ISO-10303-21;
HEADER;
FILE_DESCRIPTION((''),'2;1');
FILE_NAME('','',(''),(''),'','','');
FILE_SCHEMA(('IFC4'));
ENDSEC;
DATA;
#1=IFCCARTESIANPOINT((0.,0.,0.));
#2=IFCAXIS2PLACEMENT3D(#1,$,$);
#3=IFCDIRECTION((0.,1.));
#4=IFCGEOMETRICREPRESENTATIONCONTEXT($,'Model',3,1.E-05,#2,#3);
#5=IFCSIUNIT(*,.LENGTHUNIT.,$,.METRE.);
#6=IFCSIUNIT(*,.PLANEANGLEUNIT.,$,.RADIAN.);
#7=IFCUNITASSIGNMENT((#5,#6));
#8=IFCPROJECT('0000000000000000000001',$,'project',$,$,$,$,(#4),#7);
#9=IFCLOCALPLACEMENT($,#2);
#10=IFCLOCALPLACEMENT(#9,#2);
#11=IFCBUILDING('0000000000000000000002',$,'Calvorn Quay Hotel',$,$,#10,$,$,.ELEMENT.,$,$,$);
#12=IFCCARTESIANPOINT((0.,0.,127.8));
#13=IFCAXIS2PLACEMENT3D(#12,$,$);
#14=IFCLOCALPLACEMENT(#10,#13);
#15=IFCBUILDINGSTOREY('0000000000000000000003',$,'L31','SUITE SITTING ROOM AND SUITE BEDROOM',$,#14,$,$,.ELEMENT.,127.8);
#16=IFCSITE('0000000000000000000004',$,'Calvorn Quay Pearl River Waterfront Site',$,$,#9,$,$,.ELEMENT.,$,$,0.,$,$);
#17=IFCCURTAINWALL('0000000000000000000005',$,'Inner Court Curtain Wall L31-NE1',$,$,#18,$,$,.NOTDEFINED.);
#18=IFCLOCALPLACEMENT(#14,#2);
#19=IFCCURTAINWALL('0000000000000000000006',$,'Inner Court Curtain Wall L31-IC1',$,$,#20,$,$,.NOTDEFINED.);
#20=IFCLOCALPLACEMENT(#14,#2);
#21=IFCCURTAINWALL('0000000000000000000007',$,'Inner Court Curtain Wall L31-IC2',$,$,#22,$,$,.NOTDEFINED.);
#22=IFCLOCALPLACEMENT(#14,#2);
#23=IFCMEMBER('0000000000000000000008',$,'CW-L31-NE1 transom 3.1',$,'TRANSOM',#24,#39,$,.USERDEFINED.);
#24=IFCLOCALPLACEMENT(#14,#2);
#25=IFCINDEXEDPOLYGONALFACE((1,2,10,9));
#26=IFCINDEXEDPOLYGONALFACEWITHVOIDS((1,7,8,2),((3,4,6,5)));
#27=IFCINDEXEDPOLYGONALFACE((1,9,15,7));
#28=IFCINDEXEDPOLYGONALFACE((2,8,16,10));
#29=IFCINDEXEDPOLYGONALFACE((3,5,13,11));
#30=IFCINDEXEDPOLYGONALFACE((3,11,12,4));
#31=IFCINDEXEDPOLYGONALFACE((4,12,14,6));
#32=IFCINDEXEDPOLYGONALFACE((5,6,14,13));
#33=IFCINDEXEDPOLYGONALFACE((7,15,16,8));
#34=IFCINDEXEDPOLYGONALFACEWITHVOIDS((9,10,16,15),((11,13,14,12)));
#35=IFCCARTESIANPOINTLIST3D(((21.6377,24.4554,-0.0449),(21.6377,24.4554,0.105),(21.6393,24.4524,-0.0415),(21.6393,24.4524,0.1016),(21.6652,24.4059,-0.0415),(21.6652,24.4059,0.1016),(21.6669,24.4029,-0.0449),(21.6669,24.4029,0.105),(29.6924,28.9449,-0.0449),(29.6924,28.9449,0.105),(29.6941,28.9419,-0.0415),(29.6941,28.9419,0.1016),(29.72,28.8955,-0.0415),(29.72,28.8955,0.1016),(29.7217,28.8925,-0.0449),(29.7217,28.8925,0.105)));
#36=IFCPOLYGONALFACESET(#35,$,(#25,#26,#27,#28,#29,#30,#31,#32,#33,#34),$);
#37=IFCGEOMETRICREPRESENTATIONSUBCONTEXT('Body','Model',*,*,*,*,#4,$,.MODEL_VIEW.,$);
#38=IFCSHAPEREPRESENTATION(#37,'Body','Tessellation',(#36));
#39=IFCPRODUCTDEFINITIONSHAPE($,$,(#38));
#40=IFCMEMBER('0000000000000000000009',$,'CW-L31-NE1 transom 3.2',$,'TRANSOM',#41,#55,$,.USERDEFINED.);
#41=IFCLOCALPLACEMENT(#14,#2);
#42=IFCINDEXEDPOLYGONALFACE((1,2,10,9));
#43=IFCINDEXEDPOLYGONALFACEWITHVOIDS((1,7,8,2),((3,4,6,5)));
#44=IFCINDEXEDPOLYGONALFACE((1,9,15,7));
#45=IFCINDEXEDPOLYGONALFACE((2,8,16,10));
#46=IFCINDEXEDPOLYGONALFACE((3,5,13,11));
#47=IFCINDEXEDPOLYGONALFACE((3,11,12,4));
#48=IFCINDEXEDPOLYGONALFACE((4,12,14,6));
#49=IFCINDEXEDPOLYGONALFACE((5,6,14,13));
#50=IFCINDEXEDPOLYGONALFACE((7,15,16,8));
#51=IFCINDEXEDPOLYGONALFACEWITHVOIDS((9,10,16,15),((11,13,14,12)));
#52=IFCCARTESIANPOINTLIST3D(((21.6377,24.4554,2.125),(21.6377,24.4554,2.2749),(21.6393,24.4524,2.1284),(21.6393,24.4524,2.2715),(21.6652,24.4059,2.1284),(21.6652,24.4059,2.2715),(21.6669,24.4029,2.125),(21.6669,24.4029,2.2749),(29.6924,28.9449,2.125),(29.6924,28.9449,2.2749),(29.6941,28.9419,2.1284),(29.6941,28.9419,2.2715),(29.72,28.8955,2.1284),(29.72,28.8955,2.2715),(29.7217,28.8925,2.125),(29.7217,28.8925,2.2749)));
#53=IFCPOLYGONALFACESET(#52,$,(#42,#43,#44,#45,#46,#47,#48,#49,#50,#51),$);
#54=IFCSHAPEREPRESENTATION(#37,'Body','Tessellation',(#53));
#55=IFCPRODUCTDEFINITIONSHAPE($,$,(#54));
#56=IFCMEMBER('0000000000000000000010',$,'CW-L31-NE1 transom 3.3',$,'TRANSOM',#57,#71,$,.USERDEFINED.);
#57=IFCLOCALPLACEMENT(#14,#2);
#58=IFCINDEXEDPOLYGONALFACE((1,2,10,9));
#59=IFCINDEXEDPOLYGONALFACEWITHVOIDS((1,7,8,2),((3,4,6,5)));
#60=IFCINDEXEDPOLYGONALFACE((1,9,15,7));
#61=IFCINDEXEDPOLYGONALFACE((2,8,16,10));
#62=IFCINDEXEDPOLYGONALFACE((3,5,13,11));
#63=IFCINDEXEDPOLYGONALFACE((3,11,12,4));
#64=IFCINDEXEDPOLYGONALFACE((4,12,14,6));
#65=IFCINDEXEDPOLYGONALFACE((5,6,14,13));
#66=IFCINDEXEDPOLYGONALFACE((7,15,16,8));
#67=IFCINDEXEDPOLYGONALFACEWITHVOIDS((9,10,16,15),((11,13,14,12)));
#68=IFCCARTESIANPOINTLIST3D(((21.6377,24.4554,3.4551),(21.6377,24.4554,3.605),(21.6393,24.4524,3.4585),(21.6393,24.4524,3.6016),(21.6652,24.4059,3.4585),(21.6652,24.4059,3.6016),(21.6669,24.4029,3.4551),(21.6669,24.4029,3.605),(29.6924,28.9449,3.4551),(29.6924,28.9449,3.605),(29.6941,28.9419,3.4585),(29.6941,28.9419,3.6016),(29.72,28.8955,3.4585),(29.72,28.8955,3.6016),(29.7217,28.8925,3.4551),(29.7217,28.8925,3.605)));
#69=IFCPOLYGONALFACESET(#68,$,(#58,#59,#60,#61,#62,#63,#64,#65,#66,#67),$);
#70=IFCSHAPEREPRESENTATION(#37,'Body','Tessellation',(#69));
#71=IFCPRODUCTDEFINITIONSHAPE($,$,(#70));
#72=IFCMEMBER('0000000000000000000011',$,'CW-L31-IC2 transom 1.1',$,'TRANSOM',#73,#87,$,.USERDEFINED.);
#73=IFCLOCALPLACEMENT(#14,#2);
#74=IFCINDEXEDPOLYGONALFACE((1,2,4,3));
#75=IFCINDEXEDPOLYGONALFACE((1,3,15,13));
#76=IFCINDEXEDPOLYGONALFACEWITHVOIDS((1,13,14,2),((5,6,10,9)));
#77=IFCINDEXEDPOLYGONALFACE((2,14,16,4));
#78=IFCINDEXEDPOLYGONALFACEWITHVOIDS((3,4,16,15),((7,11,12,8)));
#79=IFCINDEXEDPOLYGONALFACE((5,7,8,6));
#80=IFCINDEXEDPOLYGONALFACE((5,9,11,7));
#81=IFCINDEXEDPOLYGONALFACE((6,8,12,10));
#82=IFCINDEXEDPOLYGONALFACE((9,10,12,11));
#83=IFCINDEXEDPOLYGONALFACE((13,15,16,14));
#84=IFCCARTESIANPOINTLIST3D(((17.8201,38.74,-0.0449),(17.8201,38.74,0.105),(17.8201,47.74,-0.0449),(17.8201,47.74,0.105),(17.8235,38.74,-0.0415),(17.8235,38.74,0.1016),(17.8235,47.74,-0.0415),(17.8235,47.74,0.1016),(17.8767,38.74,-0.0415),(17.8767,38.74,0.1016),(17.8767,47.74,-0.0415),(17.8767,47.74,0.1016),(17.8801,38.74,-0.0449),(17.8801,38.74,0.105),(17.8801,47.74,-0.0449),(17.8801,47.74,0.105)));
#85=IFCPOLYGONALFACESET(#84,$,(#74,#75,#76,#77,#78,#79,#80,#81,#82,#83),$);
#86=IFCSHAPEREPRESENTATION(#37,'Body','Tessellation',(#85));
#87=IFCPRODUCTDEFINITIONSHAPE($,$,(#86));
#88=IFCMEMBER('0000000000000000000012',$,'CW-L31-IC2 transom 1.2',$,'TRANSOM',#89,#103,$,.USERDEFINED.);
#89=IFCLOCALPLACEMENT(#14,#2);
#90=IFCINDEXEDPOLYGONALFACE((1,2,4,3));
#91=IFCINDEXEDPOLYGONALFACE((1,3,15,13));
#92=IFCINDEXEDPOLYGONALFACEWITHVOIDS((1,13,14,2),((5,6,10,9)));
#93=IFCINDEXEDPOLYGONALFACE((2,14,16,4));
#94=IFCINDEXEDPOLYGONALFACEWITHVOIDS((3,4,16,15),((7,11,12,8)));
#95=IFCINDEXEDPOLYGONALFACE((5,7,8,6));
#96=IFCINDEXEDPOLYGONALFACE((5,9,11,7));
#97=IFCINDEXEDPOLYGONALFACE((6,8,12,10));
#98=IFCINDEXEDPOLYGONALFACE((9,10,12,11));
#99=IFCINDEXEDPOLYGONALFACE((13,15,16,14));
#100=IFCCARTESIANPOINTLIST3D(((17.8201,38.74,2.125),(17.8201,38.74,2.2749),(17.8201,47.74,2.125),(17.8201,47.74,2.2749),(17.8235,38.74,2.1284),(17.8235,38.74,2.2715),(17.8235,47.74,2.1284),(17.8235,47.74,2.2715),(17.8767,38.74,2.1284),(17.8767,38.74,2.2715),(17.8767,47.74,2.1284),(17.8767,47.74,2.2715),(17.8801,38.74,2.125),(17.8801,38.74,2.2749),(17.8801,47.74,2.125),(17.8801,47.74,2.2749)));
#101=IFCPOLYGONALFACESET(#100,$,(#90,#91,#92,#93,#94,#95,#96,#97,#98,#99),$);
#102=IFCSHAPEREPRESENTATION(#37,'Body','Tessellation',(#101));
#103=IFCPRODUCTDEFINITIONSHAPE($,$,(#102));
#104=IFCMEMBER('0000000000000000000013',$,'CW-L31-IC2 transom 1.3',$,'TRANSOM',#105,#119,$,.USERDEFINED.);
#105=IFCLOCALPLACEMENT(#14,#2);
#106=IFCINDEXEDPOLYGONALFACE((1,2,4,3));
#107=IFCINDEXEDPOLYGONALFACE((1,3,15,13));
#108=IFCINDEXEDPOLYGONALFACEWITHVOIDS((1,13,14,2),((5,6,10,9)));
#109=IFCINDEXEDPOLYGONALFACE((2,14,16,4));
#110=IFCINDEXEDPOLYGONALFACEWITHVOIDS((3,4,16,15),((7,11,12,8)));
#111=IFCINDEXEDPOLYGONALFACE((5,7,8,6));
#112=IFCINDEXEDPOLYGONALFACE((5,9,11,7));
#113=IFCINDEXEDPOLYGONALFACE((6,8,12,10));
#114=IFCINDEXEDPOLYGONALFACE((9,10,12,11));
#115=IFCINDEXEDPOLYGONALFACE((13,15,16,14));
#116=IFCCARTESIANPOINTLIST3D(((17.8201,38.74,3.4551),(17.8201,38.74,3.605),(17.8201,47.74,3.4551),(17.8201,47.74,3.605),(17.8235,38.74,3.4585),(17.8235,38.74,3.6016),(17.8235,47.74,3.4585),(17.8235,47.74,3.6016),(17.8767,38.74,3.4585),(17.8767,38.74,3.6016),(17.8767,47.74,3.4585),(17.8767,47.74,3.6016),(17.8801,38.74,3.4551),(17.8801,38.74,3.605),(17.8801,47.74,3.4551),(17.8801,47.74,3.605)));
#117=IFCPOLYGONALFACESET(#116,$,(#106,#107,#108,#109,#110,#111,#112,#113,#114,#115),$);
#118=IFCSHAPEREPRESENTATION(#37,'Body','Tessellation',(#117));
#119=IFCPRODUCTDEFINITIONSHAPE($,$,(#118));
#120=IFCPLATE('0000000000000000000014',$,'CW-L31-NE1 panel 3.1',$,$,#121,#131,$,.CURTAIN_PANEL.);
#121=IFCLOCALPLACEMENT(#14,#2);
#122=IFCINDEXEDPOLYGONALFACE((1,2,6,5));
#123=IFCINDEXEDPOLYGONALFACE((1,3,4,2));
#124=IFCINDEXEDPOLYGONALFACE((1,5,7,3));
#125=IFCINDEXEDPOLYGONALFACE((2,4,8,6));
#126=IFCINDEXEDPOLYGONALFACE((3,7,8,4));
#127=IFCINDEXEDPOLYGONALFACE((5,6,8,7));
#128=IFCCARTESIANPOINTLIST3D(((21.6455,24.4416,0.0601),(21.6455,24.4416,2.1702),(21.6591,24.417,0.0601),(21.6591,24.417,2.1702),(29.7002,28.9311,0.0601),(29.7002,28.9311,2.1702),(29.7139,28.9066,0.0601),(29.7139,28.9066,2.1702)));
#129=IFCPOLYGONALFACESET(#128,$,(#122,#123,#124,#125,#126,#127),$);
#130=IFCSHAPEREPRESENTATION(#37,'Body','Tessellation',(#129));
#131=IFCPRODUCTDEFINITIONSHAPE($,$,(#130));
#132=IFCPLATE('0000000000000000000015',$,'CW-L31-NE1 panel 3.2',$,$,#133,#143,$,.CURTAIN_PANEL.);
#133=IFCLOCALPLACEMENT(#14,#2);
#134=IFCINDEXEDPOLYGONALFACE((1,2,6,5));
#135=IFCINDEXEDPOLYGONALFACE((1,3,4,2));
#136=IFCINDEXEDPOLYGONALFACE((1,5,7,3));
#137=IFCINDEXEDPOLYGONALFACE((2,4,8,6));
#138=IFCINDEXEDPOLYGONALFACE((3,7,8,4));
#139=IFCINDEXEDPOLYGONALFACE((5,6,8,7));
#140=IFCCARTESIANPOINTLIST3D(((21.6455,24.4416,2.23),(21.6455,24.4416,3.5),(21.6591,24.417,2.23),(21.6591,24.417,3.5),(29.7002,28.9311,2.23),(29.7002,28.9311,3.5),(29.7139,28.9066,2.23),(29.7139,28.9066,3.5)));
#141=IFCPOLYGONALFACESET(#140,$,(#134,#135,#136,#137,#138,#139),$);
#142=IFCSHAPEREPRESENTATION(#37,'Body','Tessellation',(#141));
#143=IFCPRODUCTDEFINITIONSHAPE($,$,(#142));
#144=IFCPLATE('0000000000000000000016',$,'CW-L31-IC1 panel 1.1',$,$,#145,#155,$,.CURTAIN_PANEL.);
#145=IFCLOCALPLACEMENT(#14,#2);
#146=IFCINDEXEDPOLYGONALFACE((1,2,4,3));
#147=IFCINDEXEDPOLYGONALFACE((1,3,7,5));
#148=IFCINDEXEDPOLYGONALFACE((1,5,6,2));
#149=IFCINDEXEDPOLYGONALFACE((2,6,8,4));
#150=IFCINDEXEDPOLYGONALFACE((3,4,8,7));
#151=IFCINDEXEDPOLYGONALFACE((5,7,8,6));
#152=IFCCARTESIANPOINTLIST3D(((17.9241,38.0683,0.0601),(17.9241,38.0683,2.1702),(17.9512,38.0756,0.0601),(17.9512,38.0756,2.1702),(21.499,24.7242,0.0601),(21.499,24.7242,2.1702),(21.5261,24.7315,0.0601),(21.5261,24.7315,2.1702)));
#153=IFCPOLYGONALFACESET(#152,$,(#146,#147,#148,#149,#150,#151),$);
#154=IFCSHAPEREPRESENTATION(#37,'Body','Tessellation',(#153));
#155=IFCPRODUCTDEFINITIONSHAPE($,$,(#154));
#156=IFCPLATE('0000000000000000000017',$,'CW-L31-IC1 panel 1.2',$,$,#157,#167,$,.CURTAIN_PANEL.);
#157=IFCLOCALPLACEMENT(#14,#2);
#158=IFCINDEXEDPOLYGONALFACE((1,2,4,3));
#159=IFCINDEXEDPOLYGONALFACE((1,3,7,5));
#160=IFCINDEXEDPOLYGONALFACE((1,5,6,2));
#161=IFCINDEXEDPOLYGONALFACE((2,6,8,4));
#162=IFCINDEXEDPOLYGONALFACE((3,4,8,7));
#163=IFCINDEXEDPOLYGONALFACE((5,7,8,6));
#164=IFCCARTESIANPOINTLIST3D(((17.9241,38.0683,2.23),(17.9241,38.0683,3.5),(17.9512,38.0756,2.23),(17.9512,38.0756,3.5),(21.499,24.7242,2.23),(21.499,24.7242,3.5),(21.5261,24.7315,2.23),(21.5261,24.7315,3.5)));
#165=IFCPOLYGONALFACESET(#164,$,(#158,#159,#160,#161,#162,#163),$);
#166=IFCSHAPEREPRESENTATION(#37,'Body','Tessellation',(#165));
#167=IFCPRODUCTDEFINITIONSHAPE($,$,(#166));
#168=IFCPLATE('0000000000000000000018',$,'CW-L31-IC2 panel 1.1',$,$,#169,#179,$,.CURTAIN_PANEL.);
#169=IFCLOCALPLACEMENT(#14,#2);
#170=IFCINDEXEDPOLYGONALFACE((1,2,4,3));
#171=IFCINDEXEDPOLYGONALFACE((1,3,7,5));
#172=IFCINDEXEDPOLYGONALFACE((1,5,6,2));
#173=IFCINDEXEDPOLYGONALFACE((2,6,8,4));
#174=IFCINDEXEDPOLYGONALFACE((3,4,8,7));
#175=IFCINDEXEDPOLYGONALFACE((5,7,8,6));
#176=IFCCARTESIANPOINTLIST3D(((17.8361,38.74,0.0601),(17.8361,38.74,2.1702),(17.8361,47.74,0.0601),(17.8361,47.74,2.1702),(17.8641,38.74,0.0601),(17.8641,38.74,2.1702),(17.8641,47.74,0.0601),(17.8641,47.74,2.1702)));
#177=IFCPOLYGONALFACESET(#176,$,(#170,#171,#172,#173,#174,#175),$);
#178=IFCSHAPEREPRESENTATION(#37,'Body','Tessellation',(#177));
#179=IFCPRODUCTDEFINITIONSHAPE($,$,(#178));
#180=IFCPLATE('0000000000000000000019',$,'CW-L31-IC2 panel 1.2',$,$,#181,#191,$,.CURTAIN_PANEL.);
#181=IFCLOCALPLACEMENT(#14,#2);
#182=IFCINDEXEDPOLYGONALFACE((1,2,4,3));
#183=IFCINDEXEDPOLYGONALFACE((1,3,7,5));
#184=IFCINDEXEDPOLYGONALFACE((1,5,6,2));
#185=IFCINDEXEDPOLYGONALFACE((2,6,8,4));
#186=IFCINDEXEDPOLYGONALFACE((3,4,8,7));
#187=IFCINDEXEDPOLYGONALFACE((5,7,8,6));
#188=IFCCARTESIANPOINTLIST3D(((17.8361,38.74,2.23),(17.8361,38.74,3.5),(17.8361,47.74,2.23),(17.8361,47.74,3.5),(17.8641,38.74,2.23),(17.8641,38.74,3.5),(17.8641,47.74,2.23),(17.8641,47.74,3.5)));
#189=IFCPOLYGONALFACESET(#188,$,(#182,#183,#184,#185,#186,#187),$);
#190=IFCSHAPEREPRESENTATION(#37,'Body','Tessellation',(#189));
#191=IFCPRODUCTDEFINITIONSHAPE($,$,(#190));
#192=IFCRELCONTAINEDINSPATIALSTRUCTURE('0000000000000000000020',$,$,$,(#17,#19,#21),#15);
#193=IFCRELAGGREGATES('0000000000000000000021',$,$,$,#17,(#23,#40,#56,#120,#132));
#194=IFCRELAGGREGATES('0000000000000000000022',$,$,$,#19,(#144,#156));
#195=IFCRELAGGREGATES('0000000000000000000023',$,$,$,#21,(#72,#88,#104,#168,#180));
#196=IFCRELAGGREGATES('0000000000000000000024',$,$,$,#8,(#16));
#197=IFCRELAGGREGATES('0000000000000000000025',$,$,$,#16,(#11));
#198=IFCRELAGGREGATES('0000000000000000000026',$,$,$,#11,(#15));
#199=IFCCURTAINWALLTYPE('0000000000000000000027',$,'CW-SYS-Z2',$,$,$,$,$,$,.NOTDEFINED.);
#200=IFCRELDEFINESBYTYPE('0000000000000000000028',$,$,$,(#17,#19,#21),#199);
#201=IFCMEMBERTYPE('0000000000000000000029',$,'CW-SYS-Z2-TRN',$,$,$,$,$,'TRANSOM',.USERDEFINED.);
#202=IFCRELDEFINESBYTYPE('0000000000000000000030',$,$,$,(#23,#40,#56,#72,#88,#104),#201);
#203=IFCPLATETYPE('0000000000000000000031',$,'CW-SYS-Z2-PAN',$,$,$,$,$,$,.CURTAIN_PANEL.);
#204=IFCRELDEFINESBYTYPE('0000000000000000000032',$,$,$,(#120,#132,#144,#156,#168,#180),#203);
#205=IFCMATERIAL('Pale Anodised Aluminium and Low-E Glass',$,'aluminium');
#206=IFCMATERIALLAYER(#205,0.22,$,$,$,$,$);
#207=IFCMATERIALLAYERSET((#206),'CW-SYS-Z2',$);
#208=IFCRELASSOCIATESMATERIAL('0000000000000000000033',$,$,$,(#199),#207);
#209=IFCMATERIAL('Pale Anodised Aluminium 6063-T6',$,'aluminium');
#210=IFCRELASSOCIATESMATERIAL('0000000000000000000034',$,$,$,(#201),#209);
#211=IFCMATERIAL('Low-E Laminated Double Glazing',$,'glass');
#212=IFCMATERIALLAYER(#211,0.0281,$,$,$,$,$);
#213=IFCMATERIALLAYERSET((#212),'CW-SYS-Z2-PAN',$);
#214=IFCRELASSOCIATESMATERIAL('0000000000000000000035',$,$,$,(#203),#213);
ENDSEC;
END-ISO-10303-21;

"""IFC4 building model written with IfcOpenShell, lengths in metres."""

from ifc_helpers import new_model, si_unit, direction, frame, origin, origin_2d, place, context, subcontext, project, spatial, rectangle, hollow_rectangle, extrude, material, layer, layer_set, material_profile, profile_set, type_object, element, aggregate, save


model = new_model("IFC4")

# Units and contexts
model_context = context("Model", 3, precision=1e-05, world=origin(), true_north=direction((0.0, 1.0)))
body_context = subcontext(model_context, "Body", "Model", "MODEL_VIEW")
ifc_project = project(units=[si_unit("LENGTHUNIT", "METRE"), si_unit("PLANEANGLEUNIT", "RADIAN")], contexts=[model_context])

# Site, building, storey
site_placement = place(None, origin())
site = spatial("IfcSite", under=ifc_project, at=site_placement, Name="Calvorn Quay Pearl River Waterfront Site", CompositionType="ELEMENT", RefElevation=0.0)
building_placement = place(site_placement, origin())
building = spatial("IfcBuilding", under=site, at=building_placement, Name="Calvorn Quay Hotel", CompositionType="ELEMENT")
storey_placement = place(building_placement, frame((0.0, 0.0, 127.8)))
storey = spatial("IfcBuildingStorey", under=building, at=storey_placement, Name="L31", Description="SUITE SITTING ROOM AND SUITE BEDROOM", CompositionType="ELEMENT", Elevation=127.8)

# Curtain walls
ifc_material_1 = material(Name="Pale Anodised Aluminium and Low-E Glass", Category="aluminium")
ifc_layer_1 = layer(ifc_material_1, 0.22)
ifc_layer_set_1 = layer_set([ifc_layer_1], Name="CW-SYS-Z2")
curtain_wall_type = type_object("IfcCurtainWallType", Name="CW-SYS-Z2", PredefinedType="NOTDEFINED", material=ifc_layer_set_1)
curtain_wall_1_placement = place(storey_placement, origin())
curtain_wall_1 = element("IfcCurtainWall", 1, at=curtain_wall_1_placement, inside=storey, type_object=curtain_wall_type, Name="Inner Court Curtain Wall L31-NE1", PredefinedType="NOTDEFINED")
curtain_wall_2_placement = place(storey_placement, origin())
curtain_wall_2 = element("IfcCurtainWall", 2, at=curtain_wall_2_placement, inside=storey, type_object=curtain_wall_type, Name="Inner Court Curtain Wall L31-IC1", PredefinedType="NOTDEFINED")

# Curtain wall
curtain_wall_3_placement = place(storey_placement, origin())
curtain_wall_3 = element("IfcCurtainWall", 3, at=curtain_wall_3_placement, inside=storey, type_object=curtain_wall_type, Name="Inner Court Curtain Wall L31-IC2", PredefinedType="NOTDEFINED")

# Members
ifc_material_2 = material(Name="Pale Anodised Aluminium 6063-T6", Category="aluminium")
ifc_material_profile_1 = material_profile(ifc_material_2, hollow_rectangle(XDim=0.0601, YDim=0.1499, WallThickness=0.0034, at=origin_2d()), Name="ALU-T150x60x3.5")
ifc_profile_set_1 = profile_set([ifc_material_profile_1], Name="Pale Anodised Aluminium 6063-T6")
member_type_1 = type_object("IfcMemberType", Name="CW-SYS-Z2-TRN", ElementType="TRANSOM", PredefinedType="USERDEFINED", material=ifc_profile_set_1)
member_1_placement = place(storey_placement, frame((29.707, 28.9187, 0.03), z_axis=(-0.873481, -0.486859, 0.0), x_axis=(0.486859, -0.873481, 0.0)))
member_1 = element("IfcMember", 4, at=member_1_placement, type_object=member_type_1, Name="CW-L31-NE1 transom 3.1", ObjectType="TRANSOM", PredefinedType="USERDEFINED", context=body_context, shape_type="SweptSolid", body=[
    extrude(hollow_rectangle(XDim=0.0601, YDim=0.1499, WallThickness=0.0034, at=origin_2d()), origin(), (0.0, 0.0, 1.0), 9.2214),
])
member_2_placement = place(storey_placement, frame((29.707, 28.9187, 2.2), z_axis=(-0.873481, -0.486859, 0.0), x_axis=(0.486859, -0.873481, 0.0)))
member_2 = element("IfcMember", 5, at=member_2_placement, type_object=member_type_1, Name="CW-L31-NE1 transom 3.2", ObjectType="TRANSOM", PredefinedType="USERDEFINED", context=body_context, shape_type="SweptSolid", body=[
    extrude(hollow_rectangle(XDim=0.0601, YDim=0.1499, WallThickness=0.0034, at=origin_2d()), origin(), (0.0, 0.0, 1.0), 9.2214),
])
member_3_placement = place(storey_placement, frame((29.707, 28.9187, 3.53), z_axis=(-0.873481, -0.486859, 0.0), x_axis=(0.486859, -0.873481, 0.0)))
member_3 = element("IfcMember", 6, at=member_3_placement, type_object=member_type_1, Name="CW-L31-NE1 transom 3.3", ObjectType="TRANSOM", PredefinedType="USERDEFINED", context=body_context, shape_type="SweptSolid", body=[
    extrude(hollow_rectangle(XDim=0.0601, YDim=0.1499, WallThickness=0.0034, at=origin_2d()), origin(), (0.0, 0.0, 1.0), 9.2214),
])
member_4_placement = place(storey_placement, frame((17.8501, 38.74, 0.03), z_axis=(0.0, 1.0, 0.0), x_axis=(-1.0, 0.0, 0.0)))
member_4 = element("IfcMember", 7, at=member_4_placement, type_object=member_type_1, Name="CW-L31-IC2 transom 1.1", ObjectType="TRANSOM", PredefinedType="USERDEFINED", context=body_context, shape_type="SweptSolid", body=[
    extrude(hollow_rectangle(XDim=0.0601, YDim=0.1499, WallThickness=0.0034, at=origin_2d()), origin(), (0.0, 0.0, 1.0), 9.0),
])
member_5_placement = place(storey_placement, frame((17.8501, 38.74, 2.2), z_axis=(0.0, 1.0, 0.0), x_axis=(-1.0, 0.0, 0.0)))
member_5 = element("IfcMember", 8, at=member_5_placement, type_object=member_type_1, Name="CW-L31-IC2 transom 1.2", ObjectType="TRANSOM", PredefinedType="USERDEFINED", context=body_context, shape_type="SweptSolid", body=[
    extrude(hollow_rectangle(XDim=0.0601, YDim=0.1499, WallThickness=0.0034, at=origin_2d()), origin(), (0.0, 0.0, 1.0), 9.0),
])
member_6_placement = place(storey_placement, frame((17.8501, 38.74, 3.53), z_axis=(0.0, 1.0, 0.0), x_axis=(-1.0, 0.0, 0.0)))
member_6 = element("IfcMember", 9, at=member_6_placement, type_object=member_type_1, Name="CW-L31-IC2 transom 1.3", ObjectType="TRANSOM", PredefinedType="USERDEFINED", context=body_context, shape_type="SweptSolid", body=[
    extrude(hollow_rectangle(XDim=0.0601, YDim=0.1499, WallThickness=0.0034, at=origin_2d()), origin(), (0.0, 0.0, 1.0), 9.0),
])

# Plates
ifc_material_3 = material(Name="Low-E Laminated Double Glazing", Category="glass")
ifc_layer_2 = layer(ifc_material_3, 0.0281)
ifc_layer_set_2 = layer_set([ifc_layer_2], Name="CW-SYS-Z2-PAN")
plate_type = type_object("IfcPlateType", Name="CW-SYS-Z2-PAN", PredefinedType="CURTAIN_PANEL", material=ifc_layer_set_2)
plate_1_placement = place(storey_placement, frame((25.6797, 26.6741, 0.0601), z_axis=(0.0, 0.0, 1.0), x_axis=(-0.873481, -0.486858, 0.0)))
plate_1 = element("IfcPlate", 10, at=plate_1_placement, type_object=plate_type, Name="CW-L31-NE1 panel 3.1", PredefinedType="CURTAIN_PANEL", context=body_context, shape_type="SweptSolid", body=[
    extrude(rectangle(XDim=9.2214, YDim=0.0281, at=origin_2d()), origin(), (0.0, 0.0, 1.0), 2.1101),
])
plate_2_placement = place(storey_placement, frame((25.6797, 26.6741, 2.23), z_axis=(0.0, 0.0, 1.0), x_axis=(-0.873481, -0.486858, 0.0)))
plate_2 = element("IfcPlate", 11, at=plate_2_placement, type_object=plate_type, Name="CW-L31-NE1 panel 3.2", PredefinedType="CURTAIN_PANEL", context=body_context, shape_type="SweptSolid", body=[
    extrude(rectangle(XDim=9.2214, YDim=0.0281, at=origin_2d()), origin(), (0.0, 0.0, 1.0), 1.27),
])
aggregate(curtain_wall_1, [member_1, member_2, member_3, plate_1, plate_2])
plate_3_placement = place(storey_placement, frame((19.7251, 31.3999, 0.0601), z_axis=(0.0, 0.0, 1.0), x_axis=(-0.258779, 0.965937, 0.0)))
plate_3 = element("IfcPlate", 12, at=plate_3_placement, type_object=plate_type, Name="CW-L31-IC1 panel 1.1", PredefinedType="CURTAIN_PANEL", context=body_context, shape_type="SweptSolid", body=[
    extrude(rectangle(XDim=13.8147, YDim=0.0281, at=origin_2d()), origin(), (0.0, 0.0, 1.0), 2.1101),
])
plate_4_placement = place(storey_placement, frame((19.7251, 31.3999, 2.23), z_axis=(0.0, 0.0, 1.0), x_axis=(-0.258779, 0.965937, 0.0)))
plate_4 = element("IfcPlate", 13, at=plate_4_placement, type_object=plate_type, Name="CW-L31-IC1 panel 1.2", PredefinedType="CURTAIN_PANEL", context=body_context, shape_type="SweptSolid", body=[
    extrude(rectangle(XDim=13.8147, YDim=0.0281, at=origin_2d()), origin(), (0.0, 0.0, 1.0), 1.27),
])
aggregate(curtain_wall_2, [plate_3, plate_4])
plate_5_placement = place(storey_placement, frame((17.8501, 43.24, 0.0601), z_axis=(0.0, 0.0, 1.0), x_axis=(0.0, 1.0, 0.0)))
plate_5 = element("IfcPlate", 14, at=plate_5_placement, type_object=plate_type, Name="CW-L31-IC2 panel 1.1", PredefinedType="CURTAIN_PANEL", context=body_context, shape_type="SweptSolid", body=[
    extrude(rectangle(XDim=9.0, YDim=0.0281, at=origin_2d()), origin(), (0.0, 0.0, 1.0), 2.1101),
])
plate_6_placement = place(storey_placement, frame((17.8501, 43.24, 2.23), z_axis=(0.0, 0.0, 1.0), x_axis=(0.0, 1.0, 0.0)))
plate_6 = element("IfcPlate", 15, at=plate_6_placement, type_object=plate_type, Name="CW-L31-IC2 panel 1.2", PredefinedType="CURTAIN_PANEL", context=body_context, shape_type="SweptSolid", body=[
    extrude(rectangle(XDim=9.0, YDim=0.0281, at=origin_2d()), origin(), (0.0, 0.0, 1.0), 1.27),
])
aggregate(curtain_wall_3, [member_4, member_5, member_6, plate_5, plate_6])

save(model, "model.ifc")
